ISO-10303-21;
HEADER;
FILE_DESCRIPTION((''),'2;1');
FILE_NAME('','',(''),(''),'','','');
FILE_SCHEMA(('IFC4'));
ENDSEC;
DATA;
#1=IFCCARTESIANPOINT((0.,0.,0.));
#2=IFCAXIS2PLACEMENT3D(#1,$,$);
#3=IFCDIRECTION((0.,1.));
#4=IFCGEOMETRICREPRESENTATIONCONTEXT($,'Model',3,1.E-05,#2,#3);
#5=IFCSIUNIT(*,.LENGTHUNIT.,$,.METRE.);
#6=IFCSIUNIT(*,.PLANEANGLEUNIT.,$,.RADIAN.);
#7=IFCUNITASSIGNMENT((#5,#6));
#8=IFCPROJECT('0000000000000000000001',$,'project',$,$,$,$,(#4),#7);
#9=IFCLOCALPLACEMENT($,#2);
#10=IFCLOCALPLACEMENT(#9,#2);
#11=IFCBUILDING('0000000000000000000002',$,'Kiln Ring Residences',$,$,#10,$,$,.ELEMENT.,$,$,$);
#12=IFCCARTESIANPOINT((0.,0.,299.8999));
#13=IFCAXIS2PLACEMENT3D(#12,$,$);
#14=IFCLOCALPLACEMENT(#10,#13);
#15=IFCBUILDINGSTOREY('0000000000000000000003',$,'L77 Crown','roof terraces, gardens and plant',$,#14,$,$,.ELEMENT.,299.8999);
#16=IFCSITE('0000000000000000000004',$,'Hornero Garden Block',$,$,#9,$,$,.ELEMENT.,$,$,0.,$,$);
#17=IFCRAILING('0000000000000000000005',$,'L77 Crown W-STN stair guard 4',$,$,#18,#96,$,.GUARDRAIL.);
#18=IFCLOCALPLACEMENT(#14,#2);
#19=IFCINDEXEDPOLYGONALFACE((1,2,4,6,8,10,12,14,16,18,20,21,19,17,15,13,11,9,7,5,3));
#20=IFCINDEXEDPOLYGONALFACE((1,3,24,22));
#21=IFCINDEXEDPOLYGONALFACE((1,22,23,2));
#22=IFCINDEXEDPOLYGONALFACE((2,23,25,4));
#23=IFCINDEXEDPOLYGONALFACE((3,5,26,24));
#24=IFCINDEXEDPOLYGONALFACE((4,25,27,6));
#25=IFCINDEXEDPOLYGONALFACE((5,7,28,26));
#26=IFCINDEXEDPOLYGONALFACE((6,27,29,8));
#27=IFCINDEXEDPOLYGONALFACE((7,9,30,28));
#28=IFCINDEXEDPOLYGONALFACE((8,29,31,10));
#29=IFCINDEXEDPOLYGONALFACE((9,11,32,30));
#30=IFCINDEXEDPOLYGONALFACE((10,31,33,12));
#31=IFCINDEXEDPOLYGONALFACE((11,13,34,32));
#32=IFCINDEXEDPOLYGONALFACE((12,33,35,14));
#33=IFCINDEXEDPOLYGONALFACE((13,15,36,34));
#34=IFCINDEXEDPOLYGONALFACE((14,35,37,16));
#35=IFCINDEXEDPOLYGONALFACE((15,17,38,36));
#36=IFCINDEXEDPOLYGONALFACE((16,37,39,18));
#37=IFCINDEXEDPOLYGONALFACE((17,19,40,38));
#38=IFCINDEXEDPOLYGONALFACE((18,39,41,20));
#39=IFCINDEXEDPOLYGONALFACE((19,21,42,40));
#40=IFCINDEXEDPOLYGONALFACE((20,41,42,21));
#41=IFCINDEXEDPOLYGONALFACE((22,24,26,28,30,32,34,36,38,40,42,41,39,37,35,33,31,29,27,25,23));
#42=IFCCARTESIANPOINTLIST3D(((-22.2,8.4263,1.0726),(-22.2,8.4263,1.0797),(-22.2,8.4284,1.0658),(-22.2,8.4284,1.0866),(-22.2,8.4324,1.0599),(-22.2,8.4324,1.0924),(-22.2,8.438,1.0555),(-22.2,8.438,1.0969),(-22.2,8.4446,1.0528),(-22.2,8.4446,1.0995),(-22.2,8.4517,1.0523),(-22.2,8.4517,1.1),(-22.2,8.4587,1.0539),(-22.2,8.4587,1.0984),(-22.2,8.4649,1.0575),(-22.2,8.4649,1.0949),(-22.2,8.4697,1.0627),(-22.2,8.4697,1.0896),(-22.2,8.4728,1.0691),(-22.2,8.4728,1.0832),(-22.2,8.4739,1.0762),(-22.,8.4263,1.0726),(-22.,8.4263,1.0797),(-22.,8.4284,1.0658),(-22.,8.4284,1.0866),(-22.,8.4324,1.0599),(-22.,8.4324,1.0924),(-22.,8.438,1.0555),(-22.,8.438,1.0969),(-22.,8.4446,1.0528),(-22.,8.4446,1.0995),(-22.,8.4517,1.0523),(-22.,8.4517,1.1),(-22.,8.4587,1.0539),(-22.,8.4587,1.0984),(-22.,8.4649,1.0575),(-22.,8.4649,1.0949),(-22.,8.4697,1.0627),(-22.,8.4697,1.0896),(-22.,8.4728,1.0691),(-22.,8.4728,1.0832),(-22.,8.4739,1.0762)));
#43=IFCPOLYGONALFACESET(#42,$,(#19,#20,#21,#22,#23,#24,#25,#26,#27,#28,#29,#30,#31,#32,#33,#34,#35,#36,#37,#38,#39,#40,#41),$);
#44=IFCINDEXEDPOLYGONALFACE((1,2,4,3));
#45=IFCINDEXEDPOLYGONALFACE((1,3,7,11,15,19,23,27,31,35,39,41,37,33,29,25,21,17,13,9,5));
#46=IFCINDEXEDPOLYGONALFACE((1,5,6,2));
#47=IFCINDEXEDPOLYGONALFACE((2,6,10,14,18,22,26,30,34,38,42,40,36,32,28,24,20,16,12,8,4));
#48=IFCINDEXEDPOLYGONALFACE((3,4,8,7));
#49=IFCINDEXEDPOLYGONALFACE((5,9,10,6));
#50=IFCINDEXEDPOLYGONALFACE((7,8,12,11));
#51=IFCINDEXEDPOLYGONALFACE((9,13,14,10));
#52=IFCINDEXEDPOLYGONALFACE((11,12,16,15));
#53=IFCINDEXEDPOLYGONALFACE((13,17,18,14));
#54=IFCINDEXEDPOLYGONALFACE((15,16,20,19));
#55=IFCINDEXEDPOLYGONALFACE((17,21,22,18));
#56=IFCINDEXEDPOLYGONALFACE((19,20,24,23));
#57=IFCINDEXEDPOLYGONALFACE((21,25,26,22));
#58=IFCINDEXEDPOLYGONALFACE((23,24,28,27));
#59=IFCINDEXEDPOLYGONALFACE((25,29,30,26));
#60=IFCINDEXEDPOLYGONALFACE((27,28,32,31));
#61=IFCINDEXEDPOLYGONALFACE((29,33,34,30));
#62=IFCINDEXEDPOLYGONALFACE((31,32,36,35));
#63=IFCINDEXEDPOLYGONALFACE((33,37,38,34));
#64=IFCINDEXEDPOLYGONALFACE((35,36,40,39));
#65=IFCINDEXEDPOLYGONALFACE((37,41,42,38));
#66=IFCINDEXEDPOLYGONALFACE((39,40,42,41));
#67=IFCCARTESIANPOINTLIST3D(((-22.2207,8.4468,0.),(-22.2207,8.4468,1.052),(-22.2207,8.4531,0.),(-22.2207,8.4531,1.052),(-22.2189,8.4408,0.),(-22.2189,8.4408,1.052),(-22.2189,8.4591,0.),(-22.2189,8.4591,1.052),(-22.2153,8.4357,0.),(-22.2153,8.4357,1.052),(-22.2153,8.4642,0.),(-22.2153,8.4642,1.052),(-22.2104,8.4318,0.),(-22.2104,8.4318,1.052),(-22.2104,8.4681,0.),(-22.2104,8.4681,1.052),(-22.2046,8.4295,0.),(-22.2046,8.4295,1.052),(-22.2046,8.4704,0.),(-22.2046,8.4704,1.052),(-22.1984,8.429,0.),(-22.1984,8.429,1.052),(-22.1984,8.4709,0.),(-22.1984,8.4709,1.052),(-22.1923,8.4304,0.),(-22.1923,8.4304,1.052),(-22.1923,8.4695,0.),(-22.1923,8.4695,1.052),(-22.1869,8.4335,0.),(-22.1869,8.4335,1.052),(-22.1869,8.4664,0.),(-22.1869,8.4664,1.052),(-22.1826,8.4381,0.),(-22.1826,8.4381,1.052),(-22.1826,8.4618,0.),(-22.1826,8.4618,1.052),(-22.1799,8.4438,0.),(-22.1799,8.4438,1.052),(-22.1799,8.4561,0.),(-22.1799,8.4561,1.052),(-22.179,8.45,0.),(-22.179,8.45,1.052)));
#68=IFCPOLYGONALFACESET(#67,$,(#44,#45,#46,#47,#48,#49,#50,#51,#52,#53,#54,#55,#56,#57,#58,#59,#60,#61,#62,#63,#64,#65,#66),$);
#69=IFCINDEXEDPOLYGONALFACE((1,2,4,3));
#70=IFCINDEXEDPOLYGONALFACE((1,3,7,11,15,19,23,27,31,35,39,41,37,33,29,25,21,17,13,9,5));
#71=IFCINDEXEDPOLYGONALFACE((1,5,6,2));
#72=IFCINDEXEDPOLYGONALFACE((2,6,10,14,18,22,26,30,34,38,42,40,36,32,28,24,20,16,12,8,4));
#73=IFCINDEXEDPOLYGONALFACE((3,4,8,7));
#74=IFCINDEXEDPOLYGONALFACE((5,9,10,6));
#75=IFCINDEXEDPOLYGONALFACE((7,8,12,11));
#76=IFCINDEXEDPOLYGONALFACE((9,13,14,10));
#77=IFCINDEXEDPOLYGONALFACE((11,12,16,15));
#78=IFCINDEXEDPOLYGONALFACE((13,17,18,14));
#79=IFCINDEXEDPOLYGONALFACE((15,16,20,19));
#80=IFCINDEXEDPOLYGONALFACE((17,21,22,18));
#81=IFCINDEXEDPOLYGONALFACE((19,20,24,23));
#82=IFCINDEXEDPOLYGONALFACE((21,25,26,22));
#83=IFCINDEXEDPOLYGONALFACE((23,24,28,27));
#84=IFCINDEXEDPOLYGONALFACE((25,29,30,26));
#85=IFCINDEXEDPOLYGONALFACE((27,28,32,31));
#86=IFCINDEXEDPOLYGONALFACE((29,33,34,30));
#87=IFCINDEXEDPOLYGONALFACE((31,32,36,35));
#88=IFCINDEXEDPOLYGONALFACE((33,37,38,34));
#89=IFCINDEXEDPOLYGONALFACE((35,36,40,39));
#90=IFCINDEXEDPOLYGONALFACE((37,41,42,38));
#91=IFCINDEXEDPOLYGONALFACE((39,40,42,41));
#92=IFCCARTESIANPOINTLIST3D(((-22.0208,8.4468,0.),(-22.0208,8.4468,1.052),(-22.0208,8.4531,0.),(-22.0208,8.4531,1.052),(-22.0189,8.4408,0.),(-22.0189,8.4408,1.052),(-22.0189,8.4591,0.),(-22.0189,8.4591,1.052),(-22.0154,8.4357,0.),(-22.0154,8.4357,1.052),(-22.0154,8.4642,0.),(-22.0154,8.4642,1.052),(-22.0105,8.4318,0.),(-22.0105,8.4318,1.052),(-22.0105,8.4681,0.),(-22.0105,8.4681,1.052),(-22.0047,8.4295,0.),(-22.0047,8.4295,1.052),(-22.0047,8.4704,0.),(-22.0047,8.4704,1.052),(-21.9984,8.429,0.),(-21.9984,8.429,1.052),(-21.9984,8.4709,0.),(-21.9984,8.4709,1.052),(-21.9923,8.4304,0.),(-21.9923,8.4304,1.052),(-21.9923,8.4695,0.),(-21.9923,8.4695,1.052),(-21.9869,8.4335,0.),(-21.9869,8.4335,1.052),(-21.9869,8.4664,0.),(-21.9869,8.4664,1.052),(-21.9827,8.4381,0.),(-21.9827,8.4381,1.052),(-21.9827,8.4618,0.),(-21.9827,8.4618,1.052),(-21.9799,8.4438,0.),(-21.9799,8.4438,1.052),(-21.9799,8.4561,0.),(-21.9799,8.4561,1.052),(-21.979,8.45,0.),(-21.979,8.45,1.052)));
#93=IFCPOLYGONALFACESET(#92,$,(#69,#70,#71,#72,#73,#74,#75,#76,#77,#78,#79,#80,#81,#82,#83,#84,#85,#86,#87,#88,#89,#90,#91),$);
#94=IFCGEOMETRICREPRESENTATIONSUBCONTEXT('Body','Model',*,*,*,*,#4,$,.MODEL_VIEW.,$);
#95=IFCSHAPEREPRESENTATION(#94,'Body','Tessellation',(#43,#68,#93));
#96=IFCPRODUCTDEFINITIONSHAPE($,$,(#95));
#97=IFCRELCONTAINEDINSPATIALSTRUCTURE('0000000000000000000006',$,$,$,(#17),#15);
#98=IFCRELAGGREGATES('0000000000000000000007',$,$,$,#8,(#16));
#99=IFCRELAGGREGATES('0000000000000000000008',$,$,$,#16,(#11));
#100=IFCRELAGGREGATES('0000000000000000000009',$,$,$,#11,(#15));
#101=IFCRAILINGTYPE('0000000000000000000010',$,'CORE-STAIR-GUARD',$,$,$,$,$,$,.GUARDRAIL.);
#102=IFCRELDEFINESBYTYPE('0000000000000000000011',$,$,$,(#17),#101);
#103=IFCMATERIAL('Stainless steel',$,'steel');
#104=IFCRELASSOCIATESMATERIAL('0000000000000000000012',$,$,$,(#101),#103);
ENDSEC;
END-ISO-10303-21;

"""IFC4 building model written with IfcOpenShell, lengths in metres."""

from ifc_helpers import new_model, si_unit, direction, frame, origin, origin_2d, place, context, subcontext, project, spatial, circle, extrude, material, type_object, element, save


model = new_model("IFC4")

# Units and contexts
model_context = context("Model", 3, precision=1e-05, world=origin(), true_north=direction((0.0, 1.0)))
body_context = subcontext(model_context, "Body", "Model", "MODEL_VIEW")
ifc_project = project(units=[si_unit("LENGTHUNIT", "METRE"), si_unit("PLANEANGLEUNIT", "RADIAN")], contexts=[model_context])

# Site, building, storey
site_placement = place(None, origin())
site = spatial("IfcSite", under=ifc_project, at=site_placement, Name="Hornero Garden Block", CompositionType="ELEMENT", RefElevation=0.0)
building_placement = place(site_placement, origin())
building = spatial("IfcBuilding", under=site, at=building_placement, Name="Kiln Ring Residences", CompositionType="ELEMENT")
storey_placement = place(building_placement, frame((0.0, 0.0, 299.8999)))
storey = spatial("IfcBuildingStorey", under=building, at=storey_placement, Name="L77 Crown", Description="roof terraces, gardens and plant", CompositionType="ELEMENT", Elevation=299.8999)

# Railing
ifc_material_1 = material(Name="Stainless steel", Category="steel")
railing_type_1 = type_object("IfcRailingType", Name="CORE-STAIR-GUARD", PredefinedType="GUARDRAIL", material=ifc_material_1)
railing_1_placement = place(storey_placement, frame((-22.2, 8.45, 0.0)))
element("IfcRailing", 1, at=railing_1_placement, inside=storey, type_object=railing_type_1, Name="L77 Crown W-STN stair guard 4", PredefinedType="GUARDRAIL", context=body_context, shape_type="SweptSolid", body=[
    extrude(circle(Radius=0.0239, at=origin_2d()), frame((0.0, 0.0, 1.0762), z_axis=(1.0, 0.0, 0.0), x_axis=(0.0, 1.0, 0.0)), (0.0, 0.0, 1.0), 0.2),
    extrude(circle(Radius=0.021, at=origin_2d()), origin(), (0.0, 0.0, 1.0), 1.052),
    extrude(circle(Radius=0.021, at=origin_2d()), frame((0.2, 0.0, 0.0)), (0.0, 0.0, 1.0), 1.052),
])

save(model, "model.ifc")
